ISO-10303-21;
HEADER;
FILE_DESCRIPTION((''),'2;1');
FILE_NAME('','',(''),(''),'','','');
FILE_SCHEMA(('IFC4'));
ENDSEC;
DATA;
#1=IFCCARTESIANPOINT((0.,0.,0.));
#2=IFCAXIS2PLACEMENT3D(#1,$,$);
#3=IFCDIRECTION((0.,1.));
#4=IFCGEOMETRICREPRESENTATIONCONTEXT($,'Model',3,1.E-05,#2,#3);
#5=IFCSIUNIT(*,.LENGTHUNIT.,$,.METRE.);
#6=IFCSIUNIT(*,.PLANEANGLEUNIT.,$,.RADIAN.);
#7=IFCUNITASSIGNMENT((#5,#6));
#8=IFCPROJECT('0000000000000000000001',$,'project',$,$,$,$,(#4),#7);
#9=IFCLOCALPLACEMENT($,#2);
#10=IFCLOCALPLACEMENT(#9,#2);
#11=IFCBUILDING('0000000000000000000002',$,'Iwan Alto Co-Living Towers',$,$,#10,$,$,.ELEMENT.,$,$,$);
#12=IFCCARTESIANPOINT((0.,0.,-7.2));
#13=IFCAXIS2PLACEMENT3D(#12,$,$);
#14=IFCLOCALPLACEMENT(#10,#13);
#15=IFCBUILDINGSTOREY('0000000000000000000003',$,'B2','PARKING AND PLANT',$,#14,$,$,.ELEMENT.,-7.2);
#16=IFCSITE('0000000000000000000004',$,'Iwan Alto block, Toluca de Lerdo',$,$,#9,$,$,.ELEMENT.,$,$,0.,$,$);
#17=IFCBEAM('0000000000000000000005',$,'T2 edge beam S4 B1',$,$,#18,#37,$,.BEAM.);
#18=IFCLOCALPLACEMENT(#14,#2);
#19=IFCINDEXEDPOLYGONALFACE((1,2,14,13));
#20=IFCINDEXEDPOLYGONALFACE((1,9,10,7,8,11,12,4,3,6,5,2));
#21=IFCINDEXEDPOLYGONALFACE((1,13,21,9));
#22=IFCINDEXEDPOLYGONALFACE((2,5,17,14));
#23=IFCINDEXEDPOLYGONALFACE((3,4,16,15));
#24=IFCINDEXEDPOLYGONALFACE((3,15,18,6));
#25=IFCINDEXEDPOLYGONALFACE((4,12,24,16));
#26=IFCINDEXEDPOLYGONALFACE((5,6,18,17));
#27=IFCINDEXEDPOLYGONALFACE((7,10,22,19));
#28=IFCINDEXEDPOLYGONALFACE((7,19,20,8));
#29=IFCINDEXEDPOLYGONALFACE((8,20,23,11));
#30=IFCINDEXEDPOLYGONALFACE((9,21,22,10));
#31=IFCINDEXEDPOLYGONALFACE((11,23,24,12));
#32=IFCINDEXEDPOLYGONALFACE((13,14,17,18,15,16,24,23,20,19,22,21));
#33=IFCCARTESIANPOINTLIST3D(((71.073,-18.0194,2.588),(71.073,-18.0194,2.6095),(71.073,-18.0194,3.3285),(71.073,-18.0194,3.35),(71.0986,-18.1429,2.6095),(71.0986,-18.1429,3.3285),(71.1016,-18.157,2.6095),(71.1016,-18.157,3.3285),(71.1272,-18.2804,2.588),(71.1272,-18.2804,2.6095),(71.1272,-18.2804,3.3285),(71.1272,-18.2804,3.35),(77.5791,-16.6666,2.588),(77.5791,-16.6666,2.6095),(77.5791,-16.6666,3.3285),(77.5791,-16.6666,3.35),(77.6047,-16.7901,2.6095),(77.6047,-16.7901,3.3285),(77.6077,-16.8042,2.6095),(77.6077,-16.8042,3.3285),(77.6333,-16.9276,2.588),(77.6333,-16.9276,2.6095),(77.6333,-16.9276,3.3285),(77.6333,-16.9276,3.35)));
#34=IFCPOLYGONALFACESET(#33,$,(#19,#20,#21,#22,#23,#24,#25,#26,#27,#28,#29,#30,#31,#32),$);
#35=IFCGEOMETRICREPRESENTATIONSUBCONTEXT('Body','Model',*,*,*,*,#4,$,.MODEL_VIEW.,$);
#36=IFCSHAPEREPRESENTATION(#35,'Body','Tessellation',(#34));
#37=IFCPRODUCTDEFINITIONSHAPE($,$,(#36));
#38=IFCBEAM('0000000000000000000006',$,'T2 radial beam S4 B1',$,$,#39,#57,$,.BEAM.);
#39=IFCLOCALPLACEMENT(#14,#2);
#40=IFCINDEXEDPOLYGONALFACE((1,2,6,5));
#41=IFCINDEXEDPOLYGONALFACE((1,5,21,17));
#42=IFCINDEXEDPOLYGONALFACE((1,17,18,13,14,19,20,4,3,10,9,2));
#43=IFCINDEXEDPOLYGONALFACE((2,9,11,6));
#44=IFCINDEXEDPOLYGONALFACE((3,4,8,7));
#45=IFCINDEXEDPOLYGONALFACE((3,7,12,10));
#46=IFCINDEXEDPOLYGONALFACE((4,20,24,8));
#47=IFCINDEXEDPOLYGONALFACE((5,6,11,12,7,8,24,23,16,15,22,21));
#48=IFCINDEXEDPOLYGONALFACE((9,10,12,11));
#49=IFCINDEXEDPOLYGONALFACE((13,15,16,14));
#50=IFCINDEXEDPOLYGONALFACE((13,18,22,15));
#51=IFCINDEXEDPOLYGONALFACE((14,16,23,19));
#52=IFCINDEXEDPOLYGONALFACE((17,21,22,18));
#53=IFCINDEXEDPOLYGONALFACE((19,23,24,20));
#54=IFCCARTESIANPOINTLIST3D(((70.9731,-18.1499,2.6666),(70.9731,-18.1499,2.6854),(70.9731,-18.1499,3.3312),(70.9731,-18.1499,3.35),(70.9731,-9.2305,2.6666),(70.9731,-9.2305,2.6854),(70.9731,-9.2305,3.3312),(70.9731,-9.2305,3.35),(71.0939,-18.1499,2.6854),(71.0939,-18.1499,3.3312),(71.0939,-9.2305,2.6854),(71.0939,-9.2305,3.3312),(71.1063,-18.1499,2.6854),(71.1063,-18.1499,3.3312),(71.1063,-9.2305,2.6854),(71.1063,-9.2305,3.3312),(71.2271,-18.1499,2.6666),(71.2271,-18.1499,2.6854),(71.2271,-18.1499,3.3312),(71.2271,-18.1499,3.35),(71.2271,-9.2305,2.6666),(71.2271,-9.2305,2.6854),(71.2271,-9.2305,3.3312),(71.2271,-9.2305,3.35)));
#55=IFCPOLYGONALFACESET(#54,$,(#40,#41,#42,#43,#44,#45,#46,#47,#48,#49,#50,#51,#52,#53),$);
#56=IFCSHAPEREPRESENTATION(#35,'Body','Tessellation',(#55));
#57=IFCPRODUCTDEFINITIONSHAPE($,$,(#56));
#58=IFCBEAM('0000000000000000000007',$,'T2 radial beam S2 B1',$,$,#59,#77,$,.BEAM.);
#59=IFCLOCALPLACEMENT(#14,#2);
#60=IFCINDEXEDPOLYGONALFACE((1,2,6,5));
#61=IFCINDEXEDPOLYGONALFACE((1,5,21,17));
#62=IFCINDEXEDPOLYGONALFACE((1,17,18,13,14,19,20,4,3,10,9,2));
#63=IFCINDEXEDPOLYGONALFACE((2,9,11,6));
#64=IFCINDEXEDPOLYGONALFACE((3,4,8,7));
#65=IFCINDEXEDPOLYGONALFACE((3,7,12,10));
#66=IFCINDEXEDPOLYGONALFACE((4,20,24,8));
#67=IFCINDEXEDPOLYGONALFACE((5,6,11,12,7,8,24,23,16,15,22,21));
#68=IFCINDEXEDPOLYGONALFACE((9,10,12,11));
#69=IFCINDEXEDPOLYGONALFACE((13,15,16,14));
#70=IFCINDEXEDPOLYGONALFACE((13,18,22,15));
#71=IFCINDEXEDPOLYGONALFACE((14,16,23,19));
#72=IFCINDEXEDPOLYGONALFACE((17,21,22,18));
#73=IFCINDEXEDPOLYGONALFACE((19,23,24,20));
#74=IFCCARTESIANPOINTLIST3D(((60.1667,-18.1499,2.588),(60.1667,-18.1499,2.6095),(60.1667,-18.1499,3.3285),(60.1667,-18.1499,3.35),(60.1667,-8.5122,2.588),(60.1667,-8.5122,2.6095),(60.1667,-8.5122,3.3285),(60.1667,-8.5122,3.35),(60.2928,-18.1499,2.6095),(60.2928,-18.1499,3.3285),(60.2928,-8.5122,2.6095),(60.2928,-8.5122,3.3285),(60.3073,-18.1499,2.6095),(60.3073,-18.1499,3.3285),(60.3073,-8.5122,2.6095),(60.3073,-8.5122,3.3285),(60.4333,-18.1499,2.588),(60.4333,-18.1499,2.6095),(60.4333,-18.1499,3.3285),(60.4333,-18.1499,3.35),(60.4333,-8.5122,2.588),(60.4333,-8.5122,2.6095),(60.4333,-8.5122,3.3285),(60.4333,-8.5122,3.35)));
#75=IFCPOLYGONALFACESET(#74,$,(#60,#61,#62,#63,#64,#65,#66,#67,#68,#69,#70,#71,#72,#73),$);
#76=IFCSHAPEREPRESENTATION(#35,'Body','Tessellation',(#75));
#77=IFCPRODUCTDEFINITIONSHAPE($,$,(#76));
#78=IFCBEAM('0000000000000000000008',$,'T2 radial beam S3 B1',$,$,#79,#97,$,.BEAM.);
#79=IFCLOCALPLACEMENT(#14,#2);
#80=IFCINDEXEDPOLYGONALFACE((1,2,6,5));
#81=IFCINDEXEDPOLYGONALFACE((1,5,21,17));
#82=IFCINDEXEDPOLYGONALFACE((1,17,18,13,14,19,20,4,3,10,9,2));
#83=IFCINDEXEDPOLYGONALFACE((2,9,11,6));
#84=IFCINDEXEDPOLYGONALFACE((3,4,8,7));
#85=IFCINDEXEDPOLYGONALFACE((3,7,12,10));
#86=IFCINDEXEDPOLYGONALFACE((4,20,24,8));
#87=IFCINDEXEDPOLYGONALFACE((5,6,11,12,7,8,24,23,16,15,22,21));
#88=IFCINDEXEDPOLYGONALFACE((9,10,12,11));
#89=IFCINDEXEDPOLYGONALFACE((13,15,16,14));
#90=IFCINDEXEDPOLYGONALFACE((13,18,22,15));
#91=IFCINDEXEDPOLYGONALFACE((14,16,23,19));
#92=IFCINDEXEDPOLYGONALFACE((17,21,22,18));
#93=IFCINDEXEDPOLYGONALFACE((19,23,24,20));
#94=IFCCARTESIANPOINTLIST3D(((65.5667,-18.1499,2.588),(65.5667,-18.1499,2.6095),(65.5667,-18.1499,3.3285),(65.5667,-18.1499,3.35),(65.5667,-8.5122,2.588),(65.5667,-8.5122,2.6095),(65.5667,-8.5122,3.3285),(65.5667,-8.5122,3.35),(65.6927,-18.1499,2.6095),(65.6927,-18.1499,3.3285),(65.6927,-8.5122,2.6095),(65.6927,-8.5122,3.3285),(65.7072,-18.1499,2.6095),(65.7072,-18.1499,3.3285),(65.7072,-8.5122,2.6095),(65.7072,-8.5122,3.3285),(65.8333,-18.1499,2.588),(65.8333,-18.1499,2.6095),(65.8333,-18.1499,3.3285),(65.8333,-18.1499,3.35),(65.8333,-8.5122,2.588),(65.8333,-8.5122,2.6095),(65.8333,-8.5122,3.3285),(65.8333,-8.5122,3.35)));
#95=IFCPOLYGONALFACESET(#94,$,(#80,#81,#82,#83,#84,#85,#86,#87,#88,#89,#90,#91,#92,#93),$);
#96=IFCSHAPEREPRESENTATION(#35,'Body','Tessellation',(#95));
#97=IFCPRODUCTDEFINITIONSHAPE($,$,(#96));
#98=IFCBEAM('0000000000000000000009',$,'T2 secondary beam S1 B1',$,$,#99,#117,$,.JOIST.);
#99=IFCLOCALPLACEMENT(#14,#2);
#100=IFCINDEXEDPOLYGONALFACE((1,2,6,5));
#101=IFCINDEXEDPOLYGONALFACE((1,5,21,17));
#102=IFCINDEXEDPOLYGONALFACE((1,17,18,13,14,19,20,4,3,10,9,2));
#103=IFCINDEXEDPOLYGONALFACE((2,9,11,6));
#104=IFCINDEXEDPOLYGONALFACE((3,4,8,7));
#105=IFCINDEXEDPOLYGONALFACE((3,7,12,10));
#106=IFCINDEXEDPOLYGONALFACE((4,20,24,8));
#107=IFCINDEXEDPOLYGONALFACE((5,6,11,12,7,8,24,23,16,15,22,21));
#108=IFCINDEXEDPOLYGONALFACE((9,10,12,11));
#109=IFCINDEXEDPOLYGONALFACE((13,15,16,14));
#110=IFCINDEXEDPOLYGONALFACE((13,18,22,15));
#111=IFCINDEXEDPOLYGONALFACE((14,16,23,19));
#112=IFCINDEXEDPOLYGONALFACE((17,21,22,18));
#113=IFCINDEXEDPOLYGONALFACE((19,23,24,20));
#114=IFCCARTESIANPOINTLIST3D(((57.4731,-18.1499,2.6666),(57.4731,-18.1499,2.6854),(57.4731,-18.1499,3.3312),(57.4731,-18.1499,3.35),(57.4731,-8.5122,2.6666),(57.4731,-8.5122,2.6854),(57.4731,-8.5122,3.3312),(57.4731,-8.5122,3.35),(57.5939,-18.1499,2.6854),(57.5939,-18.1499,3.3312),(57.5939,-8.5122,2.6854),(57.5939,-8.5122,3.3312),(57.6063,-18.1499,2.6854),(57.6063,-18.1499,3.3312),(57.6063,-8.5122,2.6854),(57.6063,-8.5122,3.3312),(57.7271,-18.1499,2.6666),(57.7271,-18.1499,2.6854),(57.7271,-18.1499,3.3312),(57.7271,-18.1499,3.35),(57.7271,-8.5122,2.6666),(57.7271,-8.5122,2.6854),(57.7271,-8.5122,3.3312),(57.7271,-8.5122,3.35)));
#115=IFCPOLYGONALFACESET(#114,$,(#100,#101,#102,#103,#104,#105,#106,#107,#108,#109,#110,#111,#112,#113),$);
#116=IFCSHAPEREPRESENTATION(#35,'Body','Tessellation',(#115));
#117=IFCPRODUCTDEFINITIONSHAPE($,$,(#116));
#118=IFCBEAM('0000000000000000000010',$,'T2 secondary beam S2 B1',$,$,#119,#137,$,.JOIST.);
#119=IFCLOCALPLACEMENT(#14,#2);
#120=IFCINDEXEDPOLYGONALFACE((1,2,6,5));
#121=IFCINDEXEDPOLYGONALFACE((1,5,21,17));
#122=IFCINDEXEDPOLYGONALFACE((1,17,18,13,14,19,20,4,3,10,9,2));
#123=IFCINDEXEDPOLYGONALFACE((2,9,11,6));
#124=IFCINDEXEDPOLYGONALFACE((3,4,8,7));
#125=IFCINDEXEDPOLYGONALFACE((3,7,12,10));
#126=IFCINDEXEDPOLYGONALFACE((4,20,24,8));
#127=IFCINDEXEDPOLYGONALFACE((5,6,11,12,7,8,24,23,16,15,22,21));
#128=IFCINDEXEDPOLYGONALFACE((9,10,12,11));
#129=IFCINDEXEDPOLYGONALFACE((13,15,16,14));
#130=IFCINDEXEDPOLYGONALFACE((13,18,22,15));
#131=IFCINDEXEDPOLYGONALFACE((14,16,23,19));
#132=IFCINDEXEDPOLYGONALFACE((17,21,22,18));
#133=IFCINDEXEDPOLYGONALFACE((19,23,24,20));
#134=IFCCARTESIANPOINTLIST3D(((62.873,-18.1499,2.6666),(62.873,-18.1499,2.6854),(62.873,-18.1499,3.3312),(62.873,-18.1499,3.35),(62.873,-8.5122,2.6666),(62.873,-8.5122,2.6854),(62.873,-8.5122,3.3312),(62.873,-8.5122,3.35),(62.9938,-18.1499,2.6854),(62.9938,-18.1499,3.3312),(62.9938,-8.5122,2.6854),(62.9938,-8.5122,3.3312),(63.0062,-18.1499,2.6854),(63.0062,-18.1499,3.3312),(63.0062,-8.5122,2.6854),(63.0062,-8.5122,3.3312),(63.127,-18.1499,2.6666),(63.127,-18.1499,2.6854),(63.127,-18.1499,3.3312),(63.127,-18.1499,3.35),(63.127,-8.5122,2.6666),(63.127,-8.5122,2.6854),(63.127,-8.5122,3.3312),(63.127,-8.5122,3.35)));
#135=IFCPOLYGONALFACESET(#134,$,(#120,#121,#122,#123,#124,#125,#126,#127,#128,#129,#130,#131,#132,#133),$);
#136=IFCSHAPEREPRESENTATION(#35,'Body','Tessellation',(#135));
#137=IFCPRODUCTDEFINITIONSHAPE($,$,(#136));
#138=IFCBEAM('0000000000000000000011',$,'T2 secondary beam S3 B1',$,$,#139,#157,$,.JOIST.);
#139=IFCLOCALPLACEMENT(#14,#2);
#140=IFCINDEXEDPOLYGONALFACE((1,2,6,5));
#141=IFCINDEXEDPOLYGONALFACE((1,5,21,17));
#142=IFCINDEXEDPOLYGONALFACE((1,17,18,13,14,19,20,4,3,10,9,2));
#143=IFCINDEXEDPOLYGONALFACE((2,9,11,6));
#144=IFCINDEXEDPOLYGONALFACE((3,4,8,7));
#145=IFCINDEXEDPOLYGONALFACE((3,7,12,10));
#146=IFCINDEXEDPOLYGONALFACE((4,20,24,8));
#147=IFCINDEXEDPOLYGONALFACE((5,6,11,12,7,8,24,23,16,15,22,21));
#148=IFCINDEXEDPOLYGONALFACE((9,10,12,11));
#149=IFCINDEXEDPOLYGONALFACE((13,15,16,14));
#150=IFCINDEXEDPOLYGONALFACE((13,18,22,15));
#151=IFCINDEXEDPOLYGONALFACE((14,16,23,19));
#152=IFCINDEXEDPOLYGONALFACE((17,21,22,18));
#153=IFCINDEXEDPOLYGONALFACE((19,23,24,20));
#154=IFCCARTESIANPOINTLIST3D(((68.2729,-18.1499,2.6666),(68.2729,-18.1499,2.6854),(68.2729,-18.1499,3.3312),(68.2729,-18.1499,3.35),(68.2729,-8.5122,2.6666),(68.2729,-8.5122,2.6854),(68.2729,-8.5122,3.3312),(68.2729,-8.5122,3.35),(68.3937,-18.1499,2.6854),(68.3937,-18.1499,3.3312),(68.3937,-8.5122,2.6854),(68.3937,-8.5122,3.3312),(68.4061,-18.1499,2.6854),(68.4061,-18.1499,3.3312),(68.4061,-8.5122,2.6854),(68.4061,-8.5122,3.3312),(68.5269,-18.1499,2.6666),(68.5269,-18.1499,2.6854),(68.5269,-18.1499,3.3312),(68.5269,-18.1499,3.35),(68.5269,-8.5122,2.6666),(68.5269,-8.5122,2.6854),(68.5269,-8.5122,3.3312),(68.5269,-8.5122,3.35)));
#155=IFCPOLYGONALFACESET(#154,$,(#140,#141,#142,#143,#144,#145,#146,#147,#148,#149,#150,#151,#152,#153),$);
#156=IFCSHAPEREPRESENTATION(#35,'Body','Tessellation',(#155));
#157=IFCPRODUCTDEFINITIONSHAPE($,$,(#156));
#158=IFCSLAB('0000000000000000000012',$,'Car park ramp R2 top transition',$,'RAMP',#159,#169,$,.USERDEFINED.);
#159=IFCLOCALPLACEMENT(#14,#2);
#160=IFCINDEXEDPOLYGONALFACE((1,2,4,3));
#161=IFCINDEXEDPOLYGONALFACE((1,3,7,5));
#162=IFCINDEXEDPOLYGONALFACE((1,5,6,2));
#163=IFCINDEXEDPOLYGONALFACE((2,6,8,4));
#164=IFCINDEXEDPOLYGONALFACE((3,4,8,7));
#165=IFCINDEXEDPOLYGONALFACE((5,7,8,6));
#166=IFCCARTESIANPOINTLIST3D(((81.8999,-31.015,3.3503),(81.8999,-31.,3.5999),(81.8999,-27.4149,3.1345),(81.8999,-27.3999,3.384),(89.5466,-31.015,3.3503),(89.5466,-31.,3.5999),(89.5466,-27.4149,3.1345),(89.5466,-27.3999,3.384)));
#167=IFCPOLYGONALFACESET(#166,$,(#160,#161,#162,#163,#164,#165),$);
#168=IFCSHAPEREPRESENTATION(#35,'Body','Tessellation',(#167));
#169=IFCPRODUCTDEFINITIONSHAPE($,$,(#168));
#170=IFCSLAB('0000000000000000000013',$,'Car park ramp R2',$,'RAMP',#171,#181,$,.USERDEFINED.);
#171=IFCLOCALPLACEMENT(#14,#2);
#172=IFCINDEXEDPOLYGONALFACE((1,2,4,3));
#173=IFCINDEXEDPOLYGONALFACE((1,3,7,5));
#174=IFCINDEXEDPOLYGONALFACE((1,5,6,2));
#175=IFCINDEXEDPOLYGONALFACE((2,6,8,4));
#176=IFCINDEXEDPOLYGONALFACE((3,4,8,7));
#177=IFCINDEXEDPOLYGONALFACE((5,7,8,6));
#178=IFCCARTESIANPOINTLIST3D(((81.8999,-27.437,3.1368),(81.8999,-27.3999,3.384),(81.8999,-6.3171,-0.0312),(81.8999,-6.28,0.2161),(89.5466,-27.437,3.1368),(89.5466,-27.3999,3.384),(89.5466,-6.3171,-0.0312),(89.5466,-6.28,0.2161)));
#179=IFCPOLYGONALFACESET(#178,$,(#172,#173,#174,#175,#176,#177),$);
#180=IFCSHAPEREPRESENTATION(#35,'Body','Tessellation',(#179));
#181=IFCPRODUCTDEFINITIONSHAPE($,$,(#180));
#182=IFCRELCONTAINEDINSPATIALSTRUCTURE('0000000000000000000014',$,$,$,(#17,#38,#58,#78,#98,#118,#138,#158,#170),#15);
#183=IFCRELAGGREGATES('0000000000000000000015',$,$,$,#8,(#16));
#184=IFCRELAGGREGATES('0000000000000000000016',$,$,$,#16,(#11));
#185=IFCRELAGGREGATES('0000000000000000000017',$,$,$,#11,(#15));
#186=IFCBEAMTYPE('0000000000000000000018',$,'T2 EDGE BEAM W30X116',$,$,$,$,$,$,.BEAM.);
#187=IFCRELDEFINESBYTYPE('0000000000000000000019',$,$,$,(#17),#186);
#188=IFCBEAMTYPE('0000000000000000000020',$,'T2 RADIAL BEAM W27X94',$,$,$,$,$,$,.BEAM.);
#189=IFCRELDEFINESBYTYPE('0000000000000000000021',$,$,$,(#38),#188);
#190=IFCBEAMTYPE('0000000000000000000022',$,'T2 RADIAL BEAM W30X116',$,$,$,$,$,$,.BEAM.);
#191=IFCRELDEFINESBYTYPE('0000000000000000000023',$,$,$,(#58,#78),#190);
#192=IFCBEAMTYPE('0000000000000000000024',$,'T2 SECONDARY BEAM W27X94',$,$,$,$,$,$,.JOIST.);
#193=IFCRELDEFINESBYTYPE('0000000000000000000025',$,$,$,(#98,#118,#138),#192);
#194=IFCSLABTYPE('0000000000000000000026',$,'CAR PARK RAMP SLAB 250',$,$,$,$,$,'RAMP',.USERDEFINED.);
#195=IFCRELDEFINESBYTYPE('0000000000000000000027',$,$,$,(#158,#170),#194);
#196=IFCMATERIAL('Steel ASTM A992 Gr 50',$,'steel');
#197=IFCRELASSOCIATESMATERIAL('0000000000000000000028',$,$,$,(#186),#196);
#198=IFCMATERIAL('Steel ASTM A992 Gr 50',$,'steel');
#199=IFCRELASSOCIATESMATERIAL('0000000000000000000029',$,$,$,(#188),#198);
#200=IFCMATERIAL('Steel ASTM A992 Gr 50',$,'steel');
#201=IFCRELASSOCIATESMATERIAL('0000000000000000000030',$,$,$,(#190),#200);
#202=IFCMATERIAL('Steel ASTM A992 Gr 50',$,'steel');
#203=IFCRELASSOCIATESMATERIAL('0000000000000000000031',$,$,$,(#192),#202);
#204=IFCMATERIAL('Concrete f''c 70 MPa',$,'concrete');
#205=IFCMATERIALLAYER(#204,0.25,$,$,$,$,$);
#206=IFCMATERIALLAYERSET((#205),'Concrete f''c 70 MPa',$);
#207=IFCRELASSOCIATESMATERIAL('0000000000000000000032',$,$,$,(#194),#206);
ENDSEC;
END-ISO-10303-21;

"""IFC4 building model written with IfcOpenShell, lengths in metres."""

from ifc_helpers import new_model, si_unit, direction, frame, origin, origin_2d, place, context, subcontext, project, spatial, polyline, i_section, outline, extrude, material, layer, layer_set, material_profile, profile_set, type_object, element, save


model = new_model("IFC4")

# Units and contexts
model_context = context("Model", 3, precision=1e-05, world=origin(), true_north=direction((0.0, 1.0)))
body_context = subcontext(model_context, "Body", "Model", "MODEL_VIEW")
ifc_project = project(units=[si_unit("LENGTHUNIT", "METRE"), si_unit("PLANEANGLEUNIT", "RADIAN")], contexts=[model_context])

# Site, building, storey
site_placement = place(None, origin())
site = spatial("IfcSite", under=ifc_project, at=site_placement, Name="Iwan Alto block, Toluca de Lerdo", CompositionType="ELEMENT", RefElevation=0.0)
building_placement = place(site_placement, origin())
building = spatial("IfcBuilding", under=site, at=building_placement, Name="Iwan Alto Co-Living Towers", CompositionType="ELEMENT")
storey_placement = place(building_placement, frame((0.0, 0.0, -7.2)))
storey = spatial("IfcBuildingStorey", under=building, at=storey_placement, Name="B2", Description="PARKING AND PLANT", CompositionType="ELEMENT", Elevation=-7.2)

# Beams
ifc_material_1 = material(Name="Steel ASTM A992 Gr 50", Category="steel")
ifc_material_profile_1 = material_profile(ifc_material_1, i_section(OverallWidth=0.2666, OverallDepth=0.762, WebThickness=0.0144, FlangeThickness=0.0215, at=origin_2d()), Name="W30X116")
ifc_profile_set_1 = profile_set([ifc_material_profile_1], Name="Steel ASTM A992 Gr 50")
beam_type_1 = type_object("IfcBeamType", Name="T2 EDGE BEAM W30X116", PredefinedType="BEAM", material=ifc_profile_set_1)
beam_1_placement = place(storey_placement, frame((71.1001, -18.1499, 2.969), z_axis=(0.97906, 0.203571, 0.0), x_axis=(-0.203571, 0.97906, 0.0)))
element("IfcBeam", 1, at=beam_1_placement, inside=storey, type_object=beam_type_1, Name="T2 edge beam S4 B1", PredefinedType="BEAM", context=body_context, shape_type="SweptSolid", body=[
    extrude(i_section(OverallWidth=0.2666, OverallDepth=0.762, WebThickness=0.0144, FlangeThickness=0.0215, at=origin_2d()), origin(), (0.0, 0.0, 1.0), 6.6453),
])
ifc_material_2 = material(Name="Steel ASTM A992 Gr 50", Category="steel")
ifc_material_profile_2 = material_profile(ifc_material_2, i_section(OverallWidth=0.2539, OverallDepth=0.6833, WebThickness=0.0125, FlangeThickness=0.0188, at=origin_2d()), Name="W27X94")
ifc_profile_set_2 = profile_set([ifc_material_profile_2], Name="Steel ASTM A992 Gr 50")
beam_type_2 = type_object("IfcBeamType", Name="T2 RADIAL BEAM W27X94", PredefinedType="BEAM", material=ifc_profile_set_2)
beam_2_placement = place(storey_placement, frame((71.1001, -18.1499, 3.0083), z_axis=(0.0, 1.0, 0.0), x_axis=(-1.0, 0.0, 0.0)))
element("IfcBeam", 2, at=beam_2_placement, inside=storey, type_object=beam_type_2, Name="T2 radial beam S4 B1", PredefinedType="BEAM", context=body_context, shape_type="SweptSolid", body=[
    extrude(i_section(OverallWidth=0.2539, OverallDepth=0.6833, WebThickness=0.0125, FlangeThickness=0.0188, at=origin_2d()), origin(), (0.0, 0.0, 1.0), 8.9194),
])
ifc_material_3 = material(Name="Steel ASTM A992 Gr 50", Category="steel")
ifc_material_profile_3 = material_profile(ifc_material_3, i_section(OverallWidth=0.2666, OverallDepth=0.762, WebThickness=0.0144, FlangeThickness=0.0215, at=origin_2d()), Name="W30X116")
ifc_profile_set_3 = profile_set([ifc_material_profile_3], Name="Steel ASTM A992 Gr 50")
beam_type_3 = type_object("IfcBeamType", Name="T2 RADIAL BEAM W30X116", PredefinedType="BEAM", material=ifc_profile_set_3)
for number, where, z_axis, x_axis, name in (
    (3, (60.3, -18.1499, 2.969), (0.0, 1.0, 0.0), (-1.0, 0.0, 0.0), "T2 radial beam S2 B1"),
    (4, (65.7, -18.1499, 2.969), (0.0, 1.0, 0.0), (-1.0, 0.0, 0.0), "T2 radial beam S3 B1"),
):
    element("IfcBeam", number, at=place(storey_placement, frame(where, z_axis=z_axis, x_axis=x_axis)), inside=storey, type_object=beam_type_3, Name=name, PredefinedType="BEAM", context=body_context, shape_type="SweptSolid", body=[
        extrude(i_section(OverallWidth=0.2666, OverallDepth=0.762, WebThickness=0.0144, FlangeThickness=0.0215, at=origin_2d()), origin(), (0.0, 0.0, 1.0), 9.6377),
    ])
ifc_material_4 = material(Name="Steel ASTM A992 Gr 50", Category="steel")
ifc_material_profile_4 = material_profile(ifc_material_4, i_section(OverallWidth=0.2539, OverallDepth=0.6833, WebThickness=0.0125, FlangeThickness=0.0188, at=origin_2d()), Name="W27X94")
ifc_profile_set_4 = profile_set([ifc_material_profile_4], Name="Steel ASTM A992 Gr 50")
beam_type_4 = type_object("IfcBeamType", Name="T2 SECONDARY BEAM W27X94", PredefinedType="JOIST", material=ifc_profile_set_4)
for number, where, z_axis, x_axis, name in (
    (5, (57.6001, -18.1499, 3.0083), (0.0, 1.0, 0.0), (-1.0, 0.0, 0.0), "T2 secondary beam S1 B1"),
    (6, (63.0, -18.1499, 3.0083), (0.0, 1.0, 0.0), (-1.0, 0.0, 0.0), "T2 secondary beam S2 B1"),
    (7, (68.3999, -18.1499, 3.0083), (0.0, 1.0, 0.0), (-1.0, 0.0, 0.0), "T2 secondary beam S3 B1"),
):
    element("IfcBeam", number, at=place(storey_placement, frame(where, z_axis=z_axis, x_axis=x_axis)), inside=storey, type_object=beam_type_4, Name=name, PredefinedType="JOIST", context=body_context, shape_type="SweptSolid", body=[
        extrude(i_section(OverallWidth=0.2539, OverallDepth=0.6833, WebThickness=0.0125, FlangeThickness=0.0188, at=origin_2d()), origin(), (0.0, 0.0, 1.0), 9.6377),
    ])

# Slabs
ifc_material_5 = material(Name="Concrete f'c 70 MPa", Category="concrete")
ifc_layer_1 = layer(ifc_material_5, 0.25)
ifc_layer_set_1 = layer_set([ifc_layer_1], Name="Concrete f'c 70 MPa")
slab_type = type_object("IfcSlabType", Name="CAR PARK RAMP SLAB 250", ElementType="RAMP", PredefinedType="USERDEFINED", material=ifc_layer_set_1)
slab_1_placement = place(storey_placement, frame((81.8999, -31.0, 3.5999), z_axis=(0.0, 0.059841, 0.998208), x_axis=(0.0, 0.998208, -0.059841)))
element("IfcSlab", 8, at=slab_1_placement, inside=storey, type_object=slab_type, Name="Car park ramp R2 top transition", ObjectType="RAMP", PredefinedType="USERDEFINED", context=body_context, shape_type="SweptSolid", body=[
    extrude(outline(polyline([(0.0, 0.0), (3.6066, 0.0), (3.6066, -7.6467), (0.0, -7.6467), (0.0, 0.0)])), origin(), (0.0, 0.0, -1.0), 0.25),
])
slab_2_placement = place(storey_placement, frame((81.8999, -27.3999, 3.384), z_axis=(0.0, 0.14834, 0.988936), x_axis=(0.0, 0.988936, -0.14834)))
element("IfcSlab", 9, at=slab_2_placement, inside=storey, type_object=slab_type, Name="Car park ramp R2", ObjectType="RAMP", PredefinedType="USERDEFINED", context=body_context, shape_type="SweptSolid", body=[
    extrude(outline(polyline([(0.0, 0.0), (21.3561, 0.0), (21.3561, -7.6467), (0.0, -7.6467), (0.0, 0.0)])), origin(), (0.0, 0.0, -1.0), 0.25),
])

save(model, "model.ifc")
